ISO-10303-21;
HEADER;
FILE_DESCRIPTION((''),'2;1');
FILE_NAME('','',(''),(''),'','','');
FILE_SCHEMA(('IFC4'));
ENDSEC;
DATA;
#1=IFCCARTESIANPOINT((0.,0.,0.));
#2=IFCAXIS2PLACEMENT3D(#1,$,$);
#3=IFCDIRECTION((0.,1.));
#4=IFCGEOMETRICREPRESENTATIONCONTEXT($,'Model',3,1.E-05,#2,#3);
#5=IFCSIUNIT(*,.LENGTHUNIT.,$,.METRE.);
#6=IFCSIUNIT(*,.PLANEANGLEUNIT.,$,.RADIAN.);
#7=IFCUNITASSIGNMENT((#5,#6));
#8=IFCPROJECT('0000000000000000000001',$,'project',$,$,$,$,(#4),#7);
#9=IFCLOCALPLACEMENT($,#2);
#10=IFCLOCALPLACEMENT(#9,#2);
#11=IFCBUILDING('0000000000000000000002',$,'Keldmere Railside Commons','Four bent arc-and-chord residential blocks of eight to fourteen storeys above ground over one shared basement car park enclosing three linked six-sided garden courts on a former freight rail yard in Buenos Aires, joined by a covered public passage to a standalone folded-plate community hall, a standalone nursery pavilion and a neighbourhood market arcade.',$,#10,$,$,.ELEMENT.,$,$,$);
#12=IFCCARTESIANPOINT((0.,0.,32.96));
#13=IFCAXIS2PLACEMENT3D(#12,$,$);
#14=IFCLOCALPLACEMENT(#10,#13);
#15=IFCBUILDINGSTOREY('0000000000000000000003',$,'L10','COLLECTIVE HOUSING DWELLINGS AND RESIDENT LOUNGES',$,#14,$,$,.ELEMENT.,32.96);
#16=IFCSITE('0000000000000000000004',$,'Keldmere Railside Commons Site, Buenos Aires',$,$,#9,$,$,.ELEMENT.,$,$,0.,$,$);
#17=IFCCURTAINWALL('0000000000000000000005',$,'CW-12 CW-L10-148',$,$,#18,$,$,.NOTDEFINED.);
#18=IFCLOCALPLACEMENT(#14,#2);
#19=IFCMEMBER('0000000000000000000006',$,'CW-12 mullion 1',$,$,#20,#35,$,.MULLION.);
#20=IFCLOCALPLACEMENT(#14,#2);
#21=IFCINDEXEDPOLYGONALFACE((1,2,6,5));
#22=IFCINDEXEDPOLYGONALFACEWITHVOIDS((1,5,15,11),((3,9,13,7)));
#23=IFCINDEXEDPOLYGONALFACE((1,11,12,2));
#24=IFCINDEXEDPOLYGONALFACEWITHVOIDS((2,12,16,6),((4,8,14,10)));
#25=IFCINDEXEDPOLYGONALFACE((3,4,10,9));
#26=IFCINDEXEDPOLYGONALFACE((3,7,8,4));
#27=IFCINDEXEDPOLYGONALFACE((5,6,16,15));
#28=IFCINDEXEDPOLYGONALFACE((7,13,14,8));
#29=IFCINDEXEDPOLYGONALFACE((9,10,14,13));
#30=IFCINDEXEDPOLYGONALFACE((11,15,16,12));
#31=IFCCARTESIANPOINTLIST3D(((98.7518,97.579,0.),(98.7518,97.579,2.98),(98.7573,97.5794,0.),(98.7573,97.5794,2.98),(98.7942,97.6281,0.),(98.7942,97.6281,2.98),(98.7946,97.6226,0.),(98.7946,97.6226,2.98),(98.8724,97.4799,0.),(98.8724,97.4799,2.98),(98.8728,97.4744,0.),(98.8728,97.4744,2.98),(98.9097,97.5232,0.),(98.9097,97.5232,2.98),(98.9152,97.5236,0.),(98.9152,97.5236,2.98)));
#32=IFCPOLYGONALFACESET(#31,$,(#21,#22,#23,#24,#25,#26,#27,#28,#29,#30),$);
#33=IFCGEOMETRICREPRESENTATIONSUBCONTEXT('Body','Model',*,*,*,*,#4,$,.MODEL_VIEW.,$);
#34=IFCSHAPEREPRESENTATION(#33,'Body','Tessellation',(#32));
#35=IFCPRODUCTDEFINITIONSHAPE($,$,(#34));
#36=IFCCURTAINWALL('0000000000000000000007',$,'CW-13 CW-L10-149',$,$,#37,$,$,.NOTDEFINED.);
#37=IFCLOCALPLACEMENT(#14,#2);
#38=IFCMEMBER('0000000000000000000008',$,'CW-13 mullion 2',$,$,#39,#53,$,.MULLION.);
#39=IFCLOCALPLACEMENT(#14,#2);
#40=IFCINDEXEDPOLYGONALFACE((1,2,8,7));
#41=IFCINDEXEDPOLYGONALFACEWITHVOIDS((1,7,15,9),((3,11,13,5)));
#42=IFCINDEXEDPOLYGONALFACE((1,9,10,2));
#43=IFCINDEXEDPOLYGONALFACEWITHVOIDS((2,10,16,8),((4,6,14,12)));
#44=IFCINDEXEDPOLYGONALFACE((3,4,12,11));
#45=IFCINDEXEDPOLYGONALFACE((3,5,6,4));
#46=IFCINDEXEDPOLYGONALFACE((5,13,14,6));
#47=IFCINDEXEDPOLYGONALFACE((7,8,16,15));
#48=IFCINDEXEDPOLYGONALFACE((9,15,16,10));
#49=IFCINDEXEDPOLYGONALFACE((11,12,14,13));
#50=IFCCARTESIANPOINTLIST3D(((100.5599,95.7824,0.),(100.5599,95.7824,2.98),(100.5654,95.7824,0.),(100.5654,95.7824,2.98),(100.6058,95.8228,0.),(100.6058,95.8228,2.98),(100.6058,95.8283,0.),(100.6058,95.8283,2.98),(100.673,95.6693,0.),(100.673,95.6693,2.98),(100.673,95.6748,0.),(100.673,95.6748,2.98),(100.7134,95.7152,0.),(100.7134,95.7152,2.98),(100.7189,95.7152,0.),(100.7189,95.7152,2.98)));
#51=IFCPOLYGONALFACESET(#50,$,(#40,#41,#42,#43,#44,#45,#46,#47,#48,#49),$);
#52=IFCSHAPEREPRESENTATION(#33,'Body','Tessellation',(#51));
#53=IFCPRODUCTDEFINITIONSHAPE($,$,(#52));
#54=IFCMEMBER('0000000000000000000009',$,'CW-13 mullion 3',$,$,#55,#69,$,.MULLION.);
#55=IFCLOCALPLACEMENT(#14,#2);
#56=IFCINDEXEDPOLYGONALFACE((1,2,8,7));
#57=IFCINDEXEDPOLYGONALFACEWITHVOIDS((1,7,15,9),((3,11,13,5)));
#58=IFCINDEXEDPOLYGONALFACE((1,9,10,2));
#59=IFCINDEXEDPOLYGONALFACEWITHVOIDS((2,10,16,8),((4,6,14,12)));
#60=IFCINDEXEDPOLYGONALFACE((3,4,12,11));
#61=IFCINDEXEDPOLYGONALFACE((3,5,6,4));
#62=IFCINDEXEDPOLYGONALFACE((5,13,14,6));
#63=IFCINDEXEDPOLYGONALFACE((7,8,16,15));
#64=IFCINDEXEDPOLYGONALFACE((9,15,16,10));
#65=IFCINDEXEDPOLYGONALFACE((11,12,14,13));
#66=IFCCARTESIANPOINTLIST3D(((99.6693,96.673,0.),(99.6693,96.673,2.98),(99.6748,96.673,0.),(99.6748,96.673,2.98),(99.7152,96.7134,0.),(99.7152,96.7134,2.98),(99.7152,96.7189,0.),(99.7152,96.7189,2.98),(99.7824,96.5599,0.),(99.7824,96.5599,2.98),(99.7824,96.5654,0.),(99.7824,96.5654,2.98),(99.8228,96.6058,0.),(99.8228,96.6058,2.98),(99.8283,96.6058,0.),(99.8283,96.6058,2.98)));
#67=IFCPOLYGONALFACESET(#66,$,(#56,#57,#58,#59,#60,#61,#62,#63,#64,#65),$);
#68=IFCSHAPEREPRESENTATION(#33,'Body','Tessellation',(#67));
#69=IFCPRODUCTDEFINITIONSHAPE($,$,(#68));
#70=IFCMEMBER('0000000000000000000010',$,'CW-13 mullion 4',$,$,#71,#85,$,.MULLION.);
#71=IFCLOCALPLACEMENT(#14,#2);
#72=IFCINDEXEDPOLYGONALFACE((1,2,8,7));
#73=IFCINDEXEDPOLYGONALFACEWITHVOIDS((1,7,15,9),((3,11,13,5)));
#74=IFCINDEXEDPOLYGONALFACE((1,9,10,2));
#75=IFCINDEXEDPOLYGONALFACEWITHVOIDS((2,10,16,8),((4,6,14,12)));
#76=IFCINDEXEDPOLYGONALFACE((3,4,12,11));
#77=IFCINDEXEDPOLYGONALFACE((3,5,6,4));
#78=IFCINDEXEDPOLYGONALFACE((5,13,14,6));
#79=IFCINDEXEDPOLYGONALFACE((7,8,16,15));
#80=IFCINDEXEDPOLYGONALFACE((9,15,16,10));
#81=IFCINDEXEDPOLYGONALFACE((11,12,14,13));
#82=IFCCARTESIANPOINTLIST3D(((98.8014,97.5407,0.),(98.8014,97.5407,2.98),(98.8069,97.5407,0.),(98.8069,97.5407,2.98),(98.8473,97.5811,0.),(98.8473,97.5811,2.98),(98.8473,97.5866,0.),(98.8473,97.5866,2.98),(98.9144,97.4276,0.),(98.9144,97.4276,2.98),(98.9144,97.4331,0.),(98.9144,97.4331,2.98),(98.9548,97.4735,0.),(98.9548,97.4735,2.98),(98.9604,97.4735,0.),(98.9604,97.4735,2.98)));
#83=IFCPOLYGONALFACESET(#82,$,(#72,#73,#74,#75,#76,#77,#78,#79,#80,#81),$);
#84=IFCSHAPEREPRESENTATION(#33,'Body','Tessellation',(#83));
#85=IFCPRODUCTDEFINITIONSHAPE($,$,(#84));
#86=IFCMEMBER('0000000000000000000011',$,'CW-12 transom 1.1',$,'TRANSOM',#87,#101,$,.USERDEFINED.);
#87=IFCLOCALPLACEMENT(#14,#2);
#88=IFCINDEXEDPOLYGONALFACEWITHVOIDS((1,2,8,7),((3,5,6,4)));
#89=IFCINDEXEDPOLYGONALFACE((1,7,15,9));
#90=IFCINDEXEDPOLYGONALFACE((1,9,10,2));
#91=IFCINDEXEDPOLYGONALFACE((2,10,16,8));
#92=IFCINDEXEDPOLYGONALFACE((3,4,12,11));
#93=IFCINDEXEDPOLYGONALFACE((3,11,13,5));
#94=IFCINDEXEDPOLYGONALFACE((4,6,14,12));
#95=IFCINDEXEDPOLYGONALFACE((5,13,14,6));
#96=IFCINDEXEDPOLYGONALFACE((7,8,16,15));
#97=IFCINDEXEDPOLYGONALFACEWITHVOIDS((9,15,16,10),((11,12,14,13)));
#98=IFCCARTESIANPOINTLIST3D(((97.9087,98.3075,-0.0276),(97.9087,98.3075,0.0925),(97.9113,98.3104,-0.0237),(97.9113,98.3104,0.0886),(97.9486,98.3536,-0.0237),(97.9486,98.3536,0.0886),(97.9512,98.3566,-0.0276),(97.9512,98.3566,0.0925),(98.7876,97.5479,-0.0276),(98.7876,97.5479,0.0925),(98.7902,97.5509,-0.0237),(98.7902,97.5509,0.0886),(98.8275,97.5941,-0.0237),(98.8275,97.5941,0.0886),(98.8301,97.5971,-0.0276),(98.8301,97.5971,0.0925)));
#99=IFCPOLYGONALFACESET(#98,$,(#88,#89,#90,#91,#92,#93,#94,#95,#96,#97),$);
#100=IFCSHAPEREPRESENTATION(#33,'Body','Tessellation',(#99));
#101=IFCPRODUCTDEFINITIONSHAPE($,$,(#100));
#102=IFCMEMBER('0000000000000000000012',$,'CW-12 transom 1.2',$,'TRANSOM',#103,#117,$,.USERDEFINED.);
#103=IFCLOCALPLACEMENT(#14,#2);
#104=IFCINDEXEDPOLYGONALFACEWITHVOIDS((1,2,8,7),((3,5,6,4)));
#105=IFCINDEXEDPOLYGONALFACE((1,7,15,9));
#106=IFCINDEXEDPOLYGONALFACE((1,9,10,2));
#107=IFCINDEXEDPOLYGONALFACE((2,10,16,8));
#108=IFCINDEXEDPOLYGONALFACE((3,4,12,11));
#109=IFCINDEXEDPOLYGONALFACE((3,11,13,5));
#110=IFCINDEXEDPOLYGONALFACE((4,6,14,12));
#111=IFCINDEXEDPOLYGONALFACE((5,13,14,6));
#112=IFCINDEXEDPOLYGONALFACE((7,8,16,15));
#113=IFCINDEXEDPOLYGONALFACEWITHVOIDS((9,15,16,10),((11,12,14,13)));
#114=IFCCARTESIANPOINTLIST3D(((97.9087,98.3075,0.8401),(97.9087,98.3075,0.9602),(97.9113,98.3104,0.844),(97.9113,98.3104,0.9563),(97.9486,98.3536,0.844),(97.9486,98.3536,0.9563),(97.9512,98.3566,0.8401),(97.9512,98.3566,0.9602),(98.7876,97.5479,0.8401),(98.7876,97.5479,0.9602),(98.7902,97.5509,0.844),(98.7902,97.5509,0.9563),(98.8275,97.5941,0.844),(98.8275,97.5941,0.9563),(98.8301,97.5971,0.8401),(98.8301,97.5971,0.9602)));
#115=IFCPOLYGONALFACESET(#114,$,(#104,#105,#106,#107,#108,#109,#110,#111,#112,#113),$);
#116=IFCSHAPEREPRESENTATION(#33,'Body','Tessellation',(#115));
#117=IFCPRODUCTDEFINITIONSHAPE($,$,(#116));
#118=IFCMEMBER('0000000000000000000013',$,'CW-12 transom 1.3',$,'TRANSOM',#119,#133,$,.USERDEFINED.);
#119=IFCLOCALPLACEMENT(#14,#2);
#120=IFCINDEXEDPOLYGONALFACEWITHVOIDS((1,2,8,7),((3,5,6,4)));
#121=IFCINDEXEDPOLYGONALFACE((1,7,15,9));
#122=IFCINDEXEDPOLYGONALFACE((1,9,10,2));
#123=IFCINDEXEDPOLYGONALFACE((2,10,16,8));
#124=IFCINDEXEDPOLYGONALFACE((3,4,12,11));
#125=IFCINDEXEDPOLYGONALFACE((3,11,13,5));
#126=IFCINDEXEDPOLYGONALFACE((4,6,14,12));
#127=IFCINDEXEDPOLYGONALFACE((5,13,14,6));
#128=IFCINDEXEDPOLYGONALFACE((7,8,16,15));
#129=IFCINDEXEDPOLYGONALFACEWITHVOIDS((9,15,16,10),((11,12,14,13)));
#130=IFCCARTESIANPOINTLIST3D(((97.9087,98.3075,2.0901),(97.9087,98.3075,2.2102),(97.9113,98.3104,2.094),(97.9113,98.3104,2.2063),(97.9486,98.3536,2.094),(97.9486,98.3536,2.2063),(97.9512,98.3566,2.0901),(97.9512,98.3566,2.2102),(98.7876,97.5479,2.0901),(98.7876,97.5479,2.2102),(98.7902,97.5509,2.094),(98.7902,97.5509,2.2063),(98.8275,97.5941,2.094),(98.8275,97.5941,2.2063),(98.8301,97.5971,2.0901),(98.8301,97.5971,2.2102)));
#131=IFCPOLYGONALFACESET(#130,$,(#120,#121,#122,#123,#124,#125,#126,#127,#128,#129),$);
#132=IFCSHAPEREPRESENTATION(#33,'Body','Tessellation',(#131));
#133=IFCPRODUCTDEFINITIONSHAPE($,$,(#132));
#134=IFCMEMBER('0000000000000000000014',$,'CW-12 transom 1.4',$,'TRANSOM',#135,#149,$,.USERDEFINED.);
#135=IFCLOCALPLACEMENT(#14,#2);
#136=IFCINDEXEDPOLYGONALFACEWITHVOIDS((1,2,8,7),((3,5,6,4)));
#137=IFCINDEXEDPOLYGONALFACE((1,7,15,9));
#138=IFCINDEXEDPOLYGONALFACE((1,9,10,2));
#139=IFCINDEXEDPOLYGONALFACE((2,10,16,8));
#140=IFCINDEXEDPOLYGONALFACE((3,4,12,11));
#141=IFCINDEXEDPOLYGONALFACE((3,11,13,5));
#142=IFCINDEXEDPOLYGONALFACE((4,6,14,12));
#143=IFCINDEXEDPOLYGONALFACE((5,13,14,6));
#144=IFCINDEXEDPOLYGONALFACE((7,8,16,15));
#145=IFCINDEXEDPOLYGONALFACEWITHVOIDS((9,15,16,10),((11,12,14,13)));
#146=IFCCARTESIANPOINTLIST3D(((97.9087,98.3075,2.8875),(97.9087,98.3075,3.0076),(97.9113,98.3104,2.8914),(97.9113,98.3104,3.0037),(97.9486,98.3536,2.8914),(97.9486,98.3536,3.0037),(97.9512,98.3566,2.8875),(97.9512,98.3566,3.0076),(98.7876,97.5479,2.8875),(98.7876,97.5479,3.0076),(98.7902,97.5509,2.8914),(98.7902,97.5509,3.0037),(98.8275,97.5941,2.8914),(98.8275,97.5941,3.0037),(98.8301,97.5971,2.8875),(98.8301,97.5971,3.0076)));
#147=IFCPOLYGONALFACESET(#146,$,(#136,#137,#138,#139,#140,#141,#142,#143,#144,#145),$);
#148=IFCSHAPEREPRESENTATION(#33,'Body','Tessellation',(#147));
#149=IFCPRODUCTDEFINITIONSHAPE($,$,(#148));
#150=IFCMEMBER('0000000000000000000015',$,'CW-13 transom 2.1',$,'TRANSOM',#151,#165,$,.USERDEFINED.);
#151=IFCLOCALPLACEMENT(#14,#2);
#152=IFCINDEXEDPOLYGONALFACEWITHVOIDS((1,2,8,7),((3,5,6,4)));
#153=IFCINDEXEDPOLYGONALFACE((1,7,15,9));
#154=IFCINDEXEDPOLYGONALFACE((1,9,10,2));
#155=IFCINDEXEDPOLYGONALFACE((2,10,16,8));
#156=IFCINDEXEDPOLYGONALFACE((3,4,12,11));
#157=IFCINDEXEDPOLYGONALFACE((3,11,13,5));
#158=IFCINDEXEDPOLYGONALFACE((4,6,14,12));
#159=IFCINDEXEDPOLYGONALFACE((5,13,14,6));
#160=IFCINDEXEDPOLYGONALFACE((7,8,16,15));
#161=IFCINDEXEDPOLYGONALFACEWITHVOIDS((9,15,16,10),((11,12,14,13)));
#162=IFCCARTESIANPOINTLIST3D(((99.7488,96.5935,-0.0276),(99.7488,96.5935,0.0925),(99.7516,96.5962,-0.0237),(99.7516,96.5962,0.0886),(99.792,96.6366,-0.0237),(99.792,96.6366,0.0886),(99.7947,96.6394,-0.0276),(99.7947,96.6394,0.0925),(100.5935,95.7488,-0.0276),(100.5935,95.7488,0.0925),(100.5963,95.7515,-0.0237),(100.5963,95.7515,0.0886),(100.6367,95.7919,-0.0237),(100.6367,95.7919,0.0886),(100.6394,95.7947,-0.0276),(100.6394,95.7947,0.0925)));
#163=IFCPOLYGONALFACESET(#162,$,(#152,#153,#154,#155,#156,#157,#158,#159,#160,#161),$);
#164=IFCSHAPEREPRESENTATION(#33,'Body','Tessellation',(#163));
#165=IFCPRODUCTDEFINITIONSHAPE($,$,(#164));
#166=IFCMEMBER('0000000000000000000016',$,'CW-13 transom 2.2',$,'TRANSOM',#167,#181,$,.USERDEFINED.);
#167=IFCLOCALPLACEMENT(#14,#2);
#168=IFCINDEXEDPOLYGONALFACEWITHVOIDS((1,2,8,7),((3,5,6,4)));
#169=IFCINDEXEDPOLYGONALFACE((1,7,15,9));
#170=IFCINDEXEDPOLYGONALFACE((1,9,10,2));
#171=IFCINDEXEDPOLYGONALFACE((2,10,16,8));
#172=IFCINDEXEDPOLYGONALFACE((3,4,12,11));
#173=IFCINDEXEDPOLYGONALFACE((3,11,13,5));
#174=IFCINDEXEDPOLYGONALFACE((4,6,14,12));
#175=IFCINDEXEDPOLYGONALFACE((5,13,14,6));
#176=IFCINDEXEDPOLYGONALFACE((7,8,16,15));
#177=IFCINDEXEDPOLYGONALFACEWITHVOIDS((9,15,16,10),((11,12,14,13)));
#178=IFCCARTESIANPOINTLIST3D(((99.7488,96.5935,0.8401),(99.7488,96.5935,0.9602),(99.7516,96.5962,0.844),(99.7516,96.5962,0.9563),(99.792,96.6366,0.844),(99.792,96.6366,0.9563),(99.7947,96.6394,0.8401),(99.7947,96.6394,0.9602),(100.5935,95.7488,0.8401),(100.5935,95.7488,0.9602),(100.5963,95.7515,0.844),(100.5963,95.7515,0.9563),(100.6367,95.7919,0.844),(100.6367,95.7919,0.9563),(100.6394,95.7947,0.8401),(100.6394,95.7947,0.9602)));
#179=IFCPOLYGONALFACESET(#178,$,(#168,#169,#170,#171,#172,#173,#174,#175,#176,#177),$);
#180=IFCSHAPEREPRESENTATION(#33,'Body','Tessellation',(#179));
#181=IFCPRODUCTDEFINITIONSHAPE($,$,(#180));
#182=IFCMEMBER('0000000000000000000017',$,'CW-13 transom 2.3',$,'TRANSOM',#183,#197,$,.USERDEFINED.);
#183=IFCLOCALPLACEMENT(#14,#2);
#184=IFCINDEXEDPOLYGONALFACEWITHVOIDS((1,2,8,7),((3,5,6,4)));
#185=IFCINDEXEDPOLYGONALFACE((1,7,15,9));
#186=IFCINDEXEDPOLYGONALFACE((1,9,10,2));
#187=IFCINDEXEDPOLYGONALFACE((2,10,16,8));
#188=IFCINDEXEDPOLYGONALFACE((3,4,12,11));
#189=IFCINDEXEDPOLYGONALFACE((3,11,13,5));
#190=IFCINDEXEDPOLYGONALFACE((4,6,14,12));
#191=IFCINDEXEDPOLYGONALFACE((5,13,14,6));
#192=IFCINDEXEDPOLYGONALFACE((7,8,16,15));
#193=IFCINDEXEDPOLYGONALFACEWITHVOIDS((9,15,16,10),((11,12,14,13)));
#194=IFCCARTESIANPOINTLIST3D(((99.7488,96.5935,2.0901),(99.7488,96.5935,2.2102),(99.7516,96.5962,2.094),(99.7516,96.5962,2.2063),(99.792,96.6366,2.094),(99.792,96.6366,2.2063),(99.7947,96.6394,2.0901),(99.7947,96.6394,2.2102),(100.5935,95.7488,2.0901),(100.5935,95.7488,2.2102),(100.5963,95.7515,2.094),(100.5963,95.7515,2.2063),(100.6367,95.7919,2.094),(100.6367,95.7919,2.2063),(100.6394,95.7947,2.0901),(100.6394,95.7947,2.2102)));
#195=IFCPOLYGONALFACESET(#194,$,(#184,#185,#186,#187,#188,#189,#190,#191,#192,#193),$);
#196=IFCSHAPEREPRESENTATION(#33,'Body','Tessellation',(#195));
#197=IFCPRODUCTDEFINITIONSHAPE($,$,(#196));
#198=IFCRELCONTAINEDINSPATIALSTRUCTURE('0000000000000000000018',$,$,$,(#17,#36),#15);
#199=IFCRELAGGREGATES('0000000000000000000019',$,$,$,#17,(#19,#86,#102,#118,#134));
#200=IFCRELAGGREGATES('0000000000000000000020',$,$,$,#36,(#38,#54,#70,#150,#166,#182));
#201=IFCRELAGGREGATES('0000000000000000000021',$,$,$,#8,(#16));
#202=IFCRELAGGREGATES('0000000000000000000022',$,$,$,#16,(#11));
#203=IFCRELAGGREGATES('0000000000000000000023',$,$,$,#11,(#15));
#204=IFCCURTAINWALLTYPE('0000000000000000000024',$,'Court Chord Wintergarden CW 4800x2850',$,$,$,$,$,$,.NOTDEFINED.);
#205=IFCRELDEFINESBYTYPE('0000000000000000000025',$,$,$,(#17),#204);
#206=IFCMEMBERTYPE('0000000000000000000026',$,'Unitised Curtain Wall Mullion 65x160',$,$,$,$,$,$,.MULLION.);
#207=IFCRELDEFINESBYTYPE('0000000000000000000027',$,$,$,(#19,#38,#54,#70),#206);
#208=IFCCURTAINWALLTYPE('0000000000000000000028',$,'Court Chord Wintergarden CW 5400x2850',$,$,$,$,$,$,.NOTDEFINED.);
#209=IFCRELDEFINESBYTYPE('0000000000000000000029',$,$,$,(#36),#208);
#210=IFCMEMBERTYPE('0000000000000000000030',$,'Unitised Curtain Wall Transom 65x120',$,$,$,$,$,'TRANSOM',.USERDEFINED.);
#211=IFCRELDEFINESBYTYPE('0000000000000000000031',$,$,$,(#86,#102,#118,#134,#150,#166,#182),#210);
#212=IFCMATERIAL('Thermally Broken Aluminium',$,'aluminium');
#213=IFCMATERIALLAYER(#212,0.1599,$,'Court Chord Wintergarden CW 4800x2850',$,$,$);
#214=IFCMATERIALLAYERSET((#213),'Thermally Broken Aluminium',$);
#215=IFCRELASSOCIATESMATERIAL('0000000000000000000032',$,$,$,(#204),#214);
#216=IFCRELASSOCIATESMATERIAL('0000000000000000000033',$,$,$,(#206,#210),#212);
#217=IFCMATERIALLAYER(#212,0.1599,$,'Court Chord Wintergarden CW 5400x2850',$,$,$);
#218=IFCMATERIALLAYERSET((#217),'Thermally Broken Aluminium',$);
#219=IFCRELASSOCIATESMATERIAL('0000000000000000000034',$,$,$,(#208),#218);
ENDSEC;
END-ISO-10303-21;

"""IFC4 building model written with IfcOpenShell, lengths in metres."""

from ifc_helpers import new_model, si_unit, direction, frame, origin, origin_2d, place, context, subcontext, project, spatial, hollow_rectangle, extrude, material, layer, layer_set, material_profile, profile_set, type_object, element, aggregate, save


model = new_model("IFC4")

# Units and contexts
model_context = context("Model", 3, precision=1e-05, world=origin(), true_north=direction((0.0, 1.0)))
body_context = subcontext(model_context, "Body", "Model", "MODEL_VIEW")
ifc_project = project(units=[si_unit("LENGTHUNIT", "METRE"), si_unit("PLANEANGLEUNIT", "RADIAN")], contexts=[model_context])

# Site, building, storey
site_placement = place(None, origin())
site = spatial("IfcSite", under=ifc_project, at=site_placement, Name="Keldmere Railside Commons Site, Buenos Aires", CompositionType="ELEMENT", RefElevation=0.0)
building_placement = place(site_placement, origin())
building = spatial("IfcBuilding", under=site, at=building_placement, Name="Keldmere Railside Commons", Description="Four bent arc-and-chord residential blocks of eight to fourteen storeys above ground over one shared basement car park enclosing three linked six-sided garden courts on a former freight rail yard in Buenos Aires, joined by a covered public passage to a standalone folded-plate community hall, a standalone nursery pavilion and a neighbourhood market arcade.", CompositionType="ELEMENT")
storey_placement = place(building_placement, frame((0.0, 0.0, 32.96)))
storey = spatial("IfcBuildingStorey", under=building, at=storey_placement, Name="L10", Description="COLLECTIVE HOUSING DWELLINGS AND RESIDENT LOUNGES", CompositionType="ELEMENT", Elevation=32.96)

# Curtain wall, member
ifc_material_1 = material(Name="Thermally Broken Aluminium", Category="aluminium")
ifc_layer_1 = layer(ifc_material_1, 0.1599, Name="Court Chord Wintergarden CW 4800x2850")
ifc_layer_set_1 = layer_set([ifc_layer_1], Name="Thermally Broken Aluminium")
curtain_wall_type_1 = type_object("IfcCurtainWallType", Name="Court Chord Wintergarden CW 4800x2850", PredefinedType="NOTDEFINED", material=ifc_layer_set_1)
curtain_wall_1_placement = place(storey_placement, origin())
curtain_wall_1 = element("IfcCurtainWall", 1, at=curtain_wall_1_placement, inside=storey, type_object=curtain_wall_type_1, Name="CW-12 CW-L10-148", PredefinedType="NOTDEFINED")
ifc_material_profile_1 = material_profile(ifc_material_1, hollow_rectangle(XDim=0.0649, YDim=0.1599, WallThickness=0.0039, at=origin_2d()), Name="ALU-MULL-65x160")
ifc_profile_set_1 = profile_set([ifc_material_profile_1], Name="Thermally Broken Aluminium")
member_type_1 = type_object("IfcMemberType", Name="Unitised Curtain Wall Mullion 65x160", PredefinedType="MULLION", material=ifc_profile_set_1)
member_1_placement = place(storey_placement, frame((98.8335, 97.5513, 0.0), z_axis=(0.0, 0.0, 1.0), x_axis=(-0.653882, -0.756597, 0.0)))
member_1 = element("IfcMember", 2, at=member_1_placement, type_object=member_type_1, Name="CW-12 mullion 1", PredefinedType="MULLION", context=body_context, shape_type="SweptSolid", body=[
    extrude(hollow_rectangle(XDim=0.0649, YDim=0.1599, WallThickness=0.0039, at=origin_2d()), origin(), (0.0, 0.0, 1.0), 2.98),
])

# Curtain wall, members
ifc_layer_2 = layer(ifc_material_1, 0.1599, Name="Court Chord Wintergarden CW 5400x2850")
ifc_layer_set_2 = layer_set([ifc_layer_2], Name="Thermally Broken Aluminium")
curtain_wall_type_2 = type_object("IfcCurtainWallType", Name="Court Chord Wintergarden CW 5400x2850", PredefinedType="NOTDEFINED", material=ifc_layer_set_2)
curtain_wall_2_placement = place(storey_placement, origin())
curtain_wall_2 = element("IfcCurtainWall", 3, at=curtain_wall_2_placement, inside=storey, type_object=curtain_wall_type_2, Name="CW-13 CW-L10-149", PredefinedType="NOTDEFINED")
member_2_placement = place(storey_placement, frame((100.6394, 95.7488, 0.0), z_axis=(0.0, 0.0, 1.0), x_axis=(-0.707107, -0.707107, 0.0)))
member_2 = element("IfcMember", 4, at=member_2_placement, type_object=member_type_1, Name="CW-13 mullion 2", PredefinedType="MULLION", context=body_context, shape_type="SweptSolid", body=[
    extrude(hollow_rectangle(XDim=0.0649, YDim=0.1599, WallThickness=0.0039, at=origin_2d()), origin(), (0.0, 0.0, 1.0), 2.98),
])
member_3_placement = place(storey_placement, frame((99.7488, 96.6394, 0.0), z_axis=(0.0, 0.0, 1.0), x_axis=(-0.707107, -0.707107, 0.0)))
member_3 = element("IfcMember", 5, at=member_3_placement, type_object=member_type_1, Name="CW-13 mullion 3", PredefinedType="MULLION", context=body_context, shape_type="SweptSolid", body=[
    extrude(hollow_rectangle(XDim=0.0649, YDim=0.1599, WallThickness=0.0039, at=origin_2d()), origin(), (0.0, 0.0, 1.0), 2.98),
])
member_4_placement = place(storey_placement, frame((98.8809, 97.5071, 0.0), z_axis=(0.0, 0.0, 1.0), x_axis=(-0.707107, -0.707107, 0.0)))
member_4 = element("IfcMember", 6, at=member_4_placement, type_object=member_type_1, Name="CW-13 mullion 4", PredefinedType="MULLION", context=body_context, shape_type="SweptSolid", body=[
    extrude(hollow_rectangle(XDim=0.0649, YDim=0.1599, WallThickness=0.0039, at=origin_2d()), origin(), (0.0, 0.0, 1.0), 2.98),
])

# Members
ifc_material_profile_2 = material_profile(ifc_material_1, hollow_rectangle(XDim=0.0649, YDim=0.1201, WallThickness=0.0039, at=origin_2d()), Name="ALU-TRAN-65x120")
ifc_profile_set_2 = profile_set([ifc_material_profile_2], Name="Thermally Broken Aluminium")
member_type_2 = type_object("IfcMemberType", Name="Unitised Curtain Wall Transom 65x120", ElementType="TRANSOM", PredefinedType="USERDEFINED", material=ifc_profile_set_2)
member_5_placement = place(storey_placement, frame((98.8088, 97.5725, 0.0325), z_axis=(-0.756624, 0.65385, 0.0), x_axis=(-0.65385, -0.756624, 0.0)))
member_5 = element("IfcMember", 7, at=member_5_placement, type_object=member_type_2, Name="CW-12 transom 1.1", ObjectType="TRANSOM", PredefinedType="USERDEFINED", context=body_context, shape_type="SweptSolid", body=[
    extrude(hollow_rectangle(XDim=0.0649, YDim=0.1201, WallThickness=0.0039, at=origin_2d()), origin(), (0.0, 0.0, 1.0), 1.1616),
])
member_6_placement = place(storey_placement, frame((98.8088, 97.5725, 0.9001), z_axis=(-0.756624, 0.65385, 0.0), x_axis=(-0.65385, -0.756624, 0.0)))
member_6 = element("IfcMember", 8, at=member_6_placement, type_object=member_type_2, Name="CW-12 transom 1.2", ObjectType="TRANSOM", PredefinedType="USERDEFINED", context=body_context, shape_type="SweptSolid", body=[
    extrude(hollow_rectangle(XDim=0.0649, YDim=0.1201, WallThickness=0.0039, at=origin_2d()), origin(), (0.0, 0.0, 1.0), 1.1616),
])
member_7_placement = place(storey_placement, frame((98.8088, 97.5725, 2.1501), z_axis=(-0.756624, 0.65385, 0.0), x_axis=(-0.65385, -0.756624, 0.0)))
member_7 = element("IfcMember", 9, at=member_7_placement, type_object=member_type_2, Name="CW-12 transom 1.3", ObjectType="TRANSOM", PredefinedType="USERDEFINED", context=body_context, shape_type="SweptSolid", body=[
    extrude(hollow_rectangle(XDim=0.0649, YDim=0.1201, WallThickness=0.0039, at=origin_2d()), origin(), (0.0, 0.0, 1.0), 1.1616),
])
member_8_placement = place(storey_placement, frame((98.8088, 97.5725, 2.9475), z_axis=(-0.756624, 0.65385, 0.0), x_axis=(-0.65385, -0.756624, 0.0)))
member_8 = element("IfcMember", 10, at=member_8_placement, type_object=member_type_2, Name="CW-12 transom 1.4", ObjectType="TRANSOM", PredefinedType="USERDEFINED", context=body_context, shape_type="SweptSolid", body=[
    extrude(hollow_rectangle(XDim=0.0649, YDim=0.1201, WallThickness=0.0039, at=origin_2d()), origin(), (0.0, 0.0, 1.0), 1.1616),
])
member_9_placement = place(storey_placement, frame((100.6165, 95.7717, 0.0325), z_axis=(-0.707107, 0.707107, 0.0), x_axis=(-0.707107, -0.707107, 0.0)))
member_9 = element("IfcMember", 11, at=member_9_placement, type_object=member_type_2, Name="CW-13 transom 2.1", ObjectType="TRANSOM", PredefinedType="USERDEFINED", context=body_context, shape_type="SweptSolid", body=[
    extrude(hollow_rectangle(XDim=0.0649, YDim=0.1201, WallThickness=0.0039, at=origin_2d()), origin(), (0.0, 0.0, 1.0), 1.1946),
])
member_10_placement = place(storey_placement, frame((100.6165, 95.7717, 0.9001), z_axis=(-0.707107, 0.707107, 0.0), x_axis=(-0.707107, -0.707107, 0.0)))
member_10 = element("IfcMember", 12, at=member_10_placement, type_object=member_type_2, Name="CW-13 transom 2.2", ObjectType="TRANSOM", PredefinedType="USERDEFINED", context=body_context, shape_type="SweptSolid", body=[
    extrude(hollow_rectangle(XDim=0.0649, YDim=0.1201, WallThickness=0.0039, at=origin_2d()), origin(), (0.0, 0.0, 1.0), 1.1946),
])
member_11_placement = place(storey_placement, frame((100.6165, 95.7717, 2.1501), z_axis=(-0.707107, 0.707107, 0.0), x_axis=(-0.707107, -0.707107, 0.0)))
member_11 = element("IfcMember", 13, at=member_11_placement, type_object=member_type_2, Name="CW-13 transom 2.3", ObjectType="TRANSOM", PredefinedType="USERDEFINED", context=body_context, shape_type="SweptSolid", body=[
    extrude(hollow_rectangle(XDim=0.0649, YDim=0.1201, WallThickness=0.0039, at=origin_2d()), origin(), (0.0, 0.0, 1.0), 1.1946),
])

aggregate(curtain_wall_1, [member_1, member_5, member_6, member_7, member_8])
aggregate(curtain_wall_2, [member_2, member_3, member_4, member_9, member_10, member_11])

save(model, "model.ifc")
